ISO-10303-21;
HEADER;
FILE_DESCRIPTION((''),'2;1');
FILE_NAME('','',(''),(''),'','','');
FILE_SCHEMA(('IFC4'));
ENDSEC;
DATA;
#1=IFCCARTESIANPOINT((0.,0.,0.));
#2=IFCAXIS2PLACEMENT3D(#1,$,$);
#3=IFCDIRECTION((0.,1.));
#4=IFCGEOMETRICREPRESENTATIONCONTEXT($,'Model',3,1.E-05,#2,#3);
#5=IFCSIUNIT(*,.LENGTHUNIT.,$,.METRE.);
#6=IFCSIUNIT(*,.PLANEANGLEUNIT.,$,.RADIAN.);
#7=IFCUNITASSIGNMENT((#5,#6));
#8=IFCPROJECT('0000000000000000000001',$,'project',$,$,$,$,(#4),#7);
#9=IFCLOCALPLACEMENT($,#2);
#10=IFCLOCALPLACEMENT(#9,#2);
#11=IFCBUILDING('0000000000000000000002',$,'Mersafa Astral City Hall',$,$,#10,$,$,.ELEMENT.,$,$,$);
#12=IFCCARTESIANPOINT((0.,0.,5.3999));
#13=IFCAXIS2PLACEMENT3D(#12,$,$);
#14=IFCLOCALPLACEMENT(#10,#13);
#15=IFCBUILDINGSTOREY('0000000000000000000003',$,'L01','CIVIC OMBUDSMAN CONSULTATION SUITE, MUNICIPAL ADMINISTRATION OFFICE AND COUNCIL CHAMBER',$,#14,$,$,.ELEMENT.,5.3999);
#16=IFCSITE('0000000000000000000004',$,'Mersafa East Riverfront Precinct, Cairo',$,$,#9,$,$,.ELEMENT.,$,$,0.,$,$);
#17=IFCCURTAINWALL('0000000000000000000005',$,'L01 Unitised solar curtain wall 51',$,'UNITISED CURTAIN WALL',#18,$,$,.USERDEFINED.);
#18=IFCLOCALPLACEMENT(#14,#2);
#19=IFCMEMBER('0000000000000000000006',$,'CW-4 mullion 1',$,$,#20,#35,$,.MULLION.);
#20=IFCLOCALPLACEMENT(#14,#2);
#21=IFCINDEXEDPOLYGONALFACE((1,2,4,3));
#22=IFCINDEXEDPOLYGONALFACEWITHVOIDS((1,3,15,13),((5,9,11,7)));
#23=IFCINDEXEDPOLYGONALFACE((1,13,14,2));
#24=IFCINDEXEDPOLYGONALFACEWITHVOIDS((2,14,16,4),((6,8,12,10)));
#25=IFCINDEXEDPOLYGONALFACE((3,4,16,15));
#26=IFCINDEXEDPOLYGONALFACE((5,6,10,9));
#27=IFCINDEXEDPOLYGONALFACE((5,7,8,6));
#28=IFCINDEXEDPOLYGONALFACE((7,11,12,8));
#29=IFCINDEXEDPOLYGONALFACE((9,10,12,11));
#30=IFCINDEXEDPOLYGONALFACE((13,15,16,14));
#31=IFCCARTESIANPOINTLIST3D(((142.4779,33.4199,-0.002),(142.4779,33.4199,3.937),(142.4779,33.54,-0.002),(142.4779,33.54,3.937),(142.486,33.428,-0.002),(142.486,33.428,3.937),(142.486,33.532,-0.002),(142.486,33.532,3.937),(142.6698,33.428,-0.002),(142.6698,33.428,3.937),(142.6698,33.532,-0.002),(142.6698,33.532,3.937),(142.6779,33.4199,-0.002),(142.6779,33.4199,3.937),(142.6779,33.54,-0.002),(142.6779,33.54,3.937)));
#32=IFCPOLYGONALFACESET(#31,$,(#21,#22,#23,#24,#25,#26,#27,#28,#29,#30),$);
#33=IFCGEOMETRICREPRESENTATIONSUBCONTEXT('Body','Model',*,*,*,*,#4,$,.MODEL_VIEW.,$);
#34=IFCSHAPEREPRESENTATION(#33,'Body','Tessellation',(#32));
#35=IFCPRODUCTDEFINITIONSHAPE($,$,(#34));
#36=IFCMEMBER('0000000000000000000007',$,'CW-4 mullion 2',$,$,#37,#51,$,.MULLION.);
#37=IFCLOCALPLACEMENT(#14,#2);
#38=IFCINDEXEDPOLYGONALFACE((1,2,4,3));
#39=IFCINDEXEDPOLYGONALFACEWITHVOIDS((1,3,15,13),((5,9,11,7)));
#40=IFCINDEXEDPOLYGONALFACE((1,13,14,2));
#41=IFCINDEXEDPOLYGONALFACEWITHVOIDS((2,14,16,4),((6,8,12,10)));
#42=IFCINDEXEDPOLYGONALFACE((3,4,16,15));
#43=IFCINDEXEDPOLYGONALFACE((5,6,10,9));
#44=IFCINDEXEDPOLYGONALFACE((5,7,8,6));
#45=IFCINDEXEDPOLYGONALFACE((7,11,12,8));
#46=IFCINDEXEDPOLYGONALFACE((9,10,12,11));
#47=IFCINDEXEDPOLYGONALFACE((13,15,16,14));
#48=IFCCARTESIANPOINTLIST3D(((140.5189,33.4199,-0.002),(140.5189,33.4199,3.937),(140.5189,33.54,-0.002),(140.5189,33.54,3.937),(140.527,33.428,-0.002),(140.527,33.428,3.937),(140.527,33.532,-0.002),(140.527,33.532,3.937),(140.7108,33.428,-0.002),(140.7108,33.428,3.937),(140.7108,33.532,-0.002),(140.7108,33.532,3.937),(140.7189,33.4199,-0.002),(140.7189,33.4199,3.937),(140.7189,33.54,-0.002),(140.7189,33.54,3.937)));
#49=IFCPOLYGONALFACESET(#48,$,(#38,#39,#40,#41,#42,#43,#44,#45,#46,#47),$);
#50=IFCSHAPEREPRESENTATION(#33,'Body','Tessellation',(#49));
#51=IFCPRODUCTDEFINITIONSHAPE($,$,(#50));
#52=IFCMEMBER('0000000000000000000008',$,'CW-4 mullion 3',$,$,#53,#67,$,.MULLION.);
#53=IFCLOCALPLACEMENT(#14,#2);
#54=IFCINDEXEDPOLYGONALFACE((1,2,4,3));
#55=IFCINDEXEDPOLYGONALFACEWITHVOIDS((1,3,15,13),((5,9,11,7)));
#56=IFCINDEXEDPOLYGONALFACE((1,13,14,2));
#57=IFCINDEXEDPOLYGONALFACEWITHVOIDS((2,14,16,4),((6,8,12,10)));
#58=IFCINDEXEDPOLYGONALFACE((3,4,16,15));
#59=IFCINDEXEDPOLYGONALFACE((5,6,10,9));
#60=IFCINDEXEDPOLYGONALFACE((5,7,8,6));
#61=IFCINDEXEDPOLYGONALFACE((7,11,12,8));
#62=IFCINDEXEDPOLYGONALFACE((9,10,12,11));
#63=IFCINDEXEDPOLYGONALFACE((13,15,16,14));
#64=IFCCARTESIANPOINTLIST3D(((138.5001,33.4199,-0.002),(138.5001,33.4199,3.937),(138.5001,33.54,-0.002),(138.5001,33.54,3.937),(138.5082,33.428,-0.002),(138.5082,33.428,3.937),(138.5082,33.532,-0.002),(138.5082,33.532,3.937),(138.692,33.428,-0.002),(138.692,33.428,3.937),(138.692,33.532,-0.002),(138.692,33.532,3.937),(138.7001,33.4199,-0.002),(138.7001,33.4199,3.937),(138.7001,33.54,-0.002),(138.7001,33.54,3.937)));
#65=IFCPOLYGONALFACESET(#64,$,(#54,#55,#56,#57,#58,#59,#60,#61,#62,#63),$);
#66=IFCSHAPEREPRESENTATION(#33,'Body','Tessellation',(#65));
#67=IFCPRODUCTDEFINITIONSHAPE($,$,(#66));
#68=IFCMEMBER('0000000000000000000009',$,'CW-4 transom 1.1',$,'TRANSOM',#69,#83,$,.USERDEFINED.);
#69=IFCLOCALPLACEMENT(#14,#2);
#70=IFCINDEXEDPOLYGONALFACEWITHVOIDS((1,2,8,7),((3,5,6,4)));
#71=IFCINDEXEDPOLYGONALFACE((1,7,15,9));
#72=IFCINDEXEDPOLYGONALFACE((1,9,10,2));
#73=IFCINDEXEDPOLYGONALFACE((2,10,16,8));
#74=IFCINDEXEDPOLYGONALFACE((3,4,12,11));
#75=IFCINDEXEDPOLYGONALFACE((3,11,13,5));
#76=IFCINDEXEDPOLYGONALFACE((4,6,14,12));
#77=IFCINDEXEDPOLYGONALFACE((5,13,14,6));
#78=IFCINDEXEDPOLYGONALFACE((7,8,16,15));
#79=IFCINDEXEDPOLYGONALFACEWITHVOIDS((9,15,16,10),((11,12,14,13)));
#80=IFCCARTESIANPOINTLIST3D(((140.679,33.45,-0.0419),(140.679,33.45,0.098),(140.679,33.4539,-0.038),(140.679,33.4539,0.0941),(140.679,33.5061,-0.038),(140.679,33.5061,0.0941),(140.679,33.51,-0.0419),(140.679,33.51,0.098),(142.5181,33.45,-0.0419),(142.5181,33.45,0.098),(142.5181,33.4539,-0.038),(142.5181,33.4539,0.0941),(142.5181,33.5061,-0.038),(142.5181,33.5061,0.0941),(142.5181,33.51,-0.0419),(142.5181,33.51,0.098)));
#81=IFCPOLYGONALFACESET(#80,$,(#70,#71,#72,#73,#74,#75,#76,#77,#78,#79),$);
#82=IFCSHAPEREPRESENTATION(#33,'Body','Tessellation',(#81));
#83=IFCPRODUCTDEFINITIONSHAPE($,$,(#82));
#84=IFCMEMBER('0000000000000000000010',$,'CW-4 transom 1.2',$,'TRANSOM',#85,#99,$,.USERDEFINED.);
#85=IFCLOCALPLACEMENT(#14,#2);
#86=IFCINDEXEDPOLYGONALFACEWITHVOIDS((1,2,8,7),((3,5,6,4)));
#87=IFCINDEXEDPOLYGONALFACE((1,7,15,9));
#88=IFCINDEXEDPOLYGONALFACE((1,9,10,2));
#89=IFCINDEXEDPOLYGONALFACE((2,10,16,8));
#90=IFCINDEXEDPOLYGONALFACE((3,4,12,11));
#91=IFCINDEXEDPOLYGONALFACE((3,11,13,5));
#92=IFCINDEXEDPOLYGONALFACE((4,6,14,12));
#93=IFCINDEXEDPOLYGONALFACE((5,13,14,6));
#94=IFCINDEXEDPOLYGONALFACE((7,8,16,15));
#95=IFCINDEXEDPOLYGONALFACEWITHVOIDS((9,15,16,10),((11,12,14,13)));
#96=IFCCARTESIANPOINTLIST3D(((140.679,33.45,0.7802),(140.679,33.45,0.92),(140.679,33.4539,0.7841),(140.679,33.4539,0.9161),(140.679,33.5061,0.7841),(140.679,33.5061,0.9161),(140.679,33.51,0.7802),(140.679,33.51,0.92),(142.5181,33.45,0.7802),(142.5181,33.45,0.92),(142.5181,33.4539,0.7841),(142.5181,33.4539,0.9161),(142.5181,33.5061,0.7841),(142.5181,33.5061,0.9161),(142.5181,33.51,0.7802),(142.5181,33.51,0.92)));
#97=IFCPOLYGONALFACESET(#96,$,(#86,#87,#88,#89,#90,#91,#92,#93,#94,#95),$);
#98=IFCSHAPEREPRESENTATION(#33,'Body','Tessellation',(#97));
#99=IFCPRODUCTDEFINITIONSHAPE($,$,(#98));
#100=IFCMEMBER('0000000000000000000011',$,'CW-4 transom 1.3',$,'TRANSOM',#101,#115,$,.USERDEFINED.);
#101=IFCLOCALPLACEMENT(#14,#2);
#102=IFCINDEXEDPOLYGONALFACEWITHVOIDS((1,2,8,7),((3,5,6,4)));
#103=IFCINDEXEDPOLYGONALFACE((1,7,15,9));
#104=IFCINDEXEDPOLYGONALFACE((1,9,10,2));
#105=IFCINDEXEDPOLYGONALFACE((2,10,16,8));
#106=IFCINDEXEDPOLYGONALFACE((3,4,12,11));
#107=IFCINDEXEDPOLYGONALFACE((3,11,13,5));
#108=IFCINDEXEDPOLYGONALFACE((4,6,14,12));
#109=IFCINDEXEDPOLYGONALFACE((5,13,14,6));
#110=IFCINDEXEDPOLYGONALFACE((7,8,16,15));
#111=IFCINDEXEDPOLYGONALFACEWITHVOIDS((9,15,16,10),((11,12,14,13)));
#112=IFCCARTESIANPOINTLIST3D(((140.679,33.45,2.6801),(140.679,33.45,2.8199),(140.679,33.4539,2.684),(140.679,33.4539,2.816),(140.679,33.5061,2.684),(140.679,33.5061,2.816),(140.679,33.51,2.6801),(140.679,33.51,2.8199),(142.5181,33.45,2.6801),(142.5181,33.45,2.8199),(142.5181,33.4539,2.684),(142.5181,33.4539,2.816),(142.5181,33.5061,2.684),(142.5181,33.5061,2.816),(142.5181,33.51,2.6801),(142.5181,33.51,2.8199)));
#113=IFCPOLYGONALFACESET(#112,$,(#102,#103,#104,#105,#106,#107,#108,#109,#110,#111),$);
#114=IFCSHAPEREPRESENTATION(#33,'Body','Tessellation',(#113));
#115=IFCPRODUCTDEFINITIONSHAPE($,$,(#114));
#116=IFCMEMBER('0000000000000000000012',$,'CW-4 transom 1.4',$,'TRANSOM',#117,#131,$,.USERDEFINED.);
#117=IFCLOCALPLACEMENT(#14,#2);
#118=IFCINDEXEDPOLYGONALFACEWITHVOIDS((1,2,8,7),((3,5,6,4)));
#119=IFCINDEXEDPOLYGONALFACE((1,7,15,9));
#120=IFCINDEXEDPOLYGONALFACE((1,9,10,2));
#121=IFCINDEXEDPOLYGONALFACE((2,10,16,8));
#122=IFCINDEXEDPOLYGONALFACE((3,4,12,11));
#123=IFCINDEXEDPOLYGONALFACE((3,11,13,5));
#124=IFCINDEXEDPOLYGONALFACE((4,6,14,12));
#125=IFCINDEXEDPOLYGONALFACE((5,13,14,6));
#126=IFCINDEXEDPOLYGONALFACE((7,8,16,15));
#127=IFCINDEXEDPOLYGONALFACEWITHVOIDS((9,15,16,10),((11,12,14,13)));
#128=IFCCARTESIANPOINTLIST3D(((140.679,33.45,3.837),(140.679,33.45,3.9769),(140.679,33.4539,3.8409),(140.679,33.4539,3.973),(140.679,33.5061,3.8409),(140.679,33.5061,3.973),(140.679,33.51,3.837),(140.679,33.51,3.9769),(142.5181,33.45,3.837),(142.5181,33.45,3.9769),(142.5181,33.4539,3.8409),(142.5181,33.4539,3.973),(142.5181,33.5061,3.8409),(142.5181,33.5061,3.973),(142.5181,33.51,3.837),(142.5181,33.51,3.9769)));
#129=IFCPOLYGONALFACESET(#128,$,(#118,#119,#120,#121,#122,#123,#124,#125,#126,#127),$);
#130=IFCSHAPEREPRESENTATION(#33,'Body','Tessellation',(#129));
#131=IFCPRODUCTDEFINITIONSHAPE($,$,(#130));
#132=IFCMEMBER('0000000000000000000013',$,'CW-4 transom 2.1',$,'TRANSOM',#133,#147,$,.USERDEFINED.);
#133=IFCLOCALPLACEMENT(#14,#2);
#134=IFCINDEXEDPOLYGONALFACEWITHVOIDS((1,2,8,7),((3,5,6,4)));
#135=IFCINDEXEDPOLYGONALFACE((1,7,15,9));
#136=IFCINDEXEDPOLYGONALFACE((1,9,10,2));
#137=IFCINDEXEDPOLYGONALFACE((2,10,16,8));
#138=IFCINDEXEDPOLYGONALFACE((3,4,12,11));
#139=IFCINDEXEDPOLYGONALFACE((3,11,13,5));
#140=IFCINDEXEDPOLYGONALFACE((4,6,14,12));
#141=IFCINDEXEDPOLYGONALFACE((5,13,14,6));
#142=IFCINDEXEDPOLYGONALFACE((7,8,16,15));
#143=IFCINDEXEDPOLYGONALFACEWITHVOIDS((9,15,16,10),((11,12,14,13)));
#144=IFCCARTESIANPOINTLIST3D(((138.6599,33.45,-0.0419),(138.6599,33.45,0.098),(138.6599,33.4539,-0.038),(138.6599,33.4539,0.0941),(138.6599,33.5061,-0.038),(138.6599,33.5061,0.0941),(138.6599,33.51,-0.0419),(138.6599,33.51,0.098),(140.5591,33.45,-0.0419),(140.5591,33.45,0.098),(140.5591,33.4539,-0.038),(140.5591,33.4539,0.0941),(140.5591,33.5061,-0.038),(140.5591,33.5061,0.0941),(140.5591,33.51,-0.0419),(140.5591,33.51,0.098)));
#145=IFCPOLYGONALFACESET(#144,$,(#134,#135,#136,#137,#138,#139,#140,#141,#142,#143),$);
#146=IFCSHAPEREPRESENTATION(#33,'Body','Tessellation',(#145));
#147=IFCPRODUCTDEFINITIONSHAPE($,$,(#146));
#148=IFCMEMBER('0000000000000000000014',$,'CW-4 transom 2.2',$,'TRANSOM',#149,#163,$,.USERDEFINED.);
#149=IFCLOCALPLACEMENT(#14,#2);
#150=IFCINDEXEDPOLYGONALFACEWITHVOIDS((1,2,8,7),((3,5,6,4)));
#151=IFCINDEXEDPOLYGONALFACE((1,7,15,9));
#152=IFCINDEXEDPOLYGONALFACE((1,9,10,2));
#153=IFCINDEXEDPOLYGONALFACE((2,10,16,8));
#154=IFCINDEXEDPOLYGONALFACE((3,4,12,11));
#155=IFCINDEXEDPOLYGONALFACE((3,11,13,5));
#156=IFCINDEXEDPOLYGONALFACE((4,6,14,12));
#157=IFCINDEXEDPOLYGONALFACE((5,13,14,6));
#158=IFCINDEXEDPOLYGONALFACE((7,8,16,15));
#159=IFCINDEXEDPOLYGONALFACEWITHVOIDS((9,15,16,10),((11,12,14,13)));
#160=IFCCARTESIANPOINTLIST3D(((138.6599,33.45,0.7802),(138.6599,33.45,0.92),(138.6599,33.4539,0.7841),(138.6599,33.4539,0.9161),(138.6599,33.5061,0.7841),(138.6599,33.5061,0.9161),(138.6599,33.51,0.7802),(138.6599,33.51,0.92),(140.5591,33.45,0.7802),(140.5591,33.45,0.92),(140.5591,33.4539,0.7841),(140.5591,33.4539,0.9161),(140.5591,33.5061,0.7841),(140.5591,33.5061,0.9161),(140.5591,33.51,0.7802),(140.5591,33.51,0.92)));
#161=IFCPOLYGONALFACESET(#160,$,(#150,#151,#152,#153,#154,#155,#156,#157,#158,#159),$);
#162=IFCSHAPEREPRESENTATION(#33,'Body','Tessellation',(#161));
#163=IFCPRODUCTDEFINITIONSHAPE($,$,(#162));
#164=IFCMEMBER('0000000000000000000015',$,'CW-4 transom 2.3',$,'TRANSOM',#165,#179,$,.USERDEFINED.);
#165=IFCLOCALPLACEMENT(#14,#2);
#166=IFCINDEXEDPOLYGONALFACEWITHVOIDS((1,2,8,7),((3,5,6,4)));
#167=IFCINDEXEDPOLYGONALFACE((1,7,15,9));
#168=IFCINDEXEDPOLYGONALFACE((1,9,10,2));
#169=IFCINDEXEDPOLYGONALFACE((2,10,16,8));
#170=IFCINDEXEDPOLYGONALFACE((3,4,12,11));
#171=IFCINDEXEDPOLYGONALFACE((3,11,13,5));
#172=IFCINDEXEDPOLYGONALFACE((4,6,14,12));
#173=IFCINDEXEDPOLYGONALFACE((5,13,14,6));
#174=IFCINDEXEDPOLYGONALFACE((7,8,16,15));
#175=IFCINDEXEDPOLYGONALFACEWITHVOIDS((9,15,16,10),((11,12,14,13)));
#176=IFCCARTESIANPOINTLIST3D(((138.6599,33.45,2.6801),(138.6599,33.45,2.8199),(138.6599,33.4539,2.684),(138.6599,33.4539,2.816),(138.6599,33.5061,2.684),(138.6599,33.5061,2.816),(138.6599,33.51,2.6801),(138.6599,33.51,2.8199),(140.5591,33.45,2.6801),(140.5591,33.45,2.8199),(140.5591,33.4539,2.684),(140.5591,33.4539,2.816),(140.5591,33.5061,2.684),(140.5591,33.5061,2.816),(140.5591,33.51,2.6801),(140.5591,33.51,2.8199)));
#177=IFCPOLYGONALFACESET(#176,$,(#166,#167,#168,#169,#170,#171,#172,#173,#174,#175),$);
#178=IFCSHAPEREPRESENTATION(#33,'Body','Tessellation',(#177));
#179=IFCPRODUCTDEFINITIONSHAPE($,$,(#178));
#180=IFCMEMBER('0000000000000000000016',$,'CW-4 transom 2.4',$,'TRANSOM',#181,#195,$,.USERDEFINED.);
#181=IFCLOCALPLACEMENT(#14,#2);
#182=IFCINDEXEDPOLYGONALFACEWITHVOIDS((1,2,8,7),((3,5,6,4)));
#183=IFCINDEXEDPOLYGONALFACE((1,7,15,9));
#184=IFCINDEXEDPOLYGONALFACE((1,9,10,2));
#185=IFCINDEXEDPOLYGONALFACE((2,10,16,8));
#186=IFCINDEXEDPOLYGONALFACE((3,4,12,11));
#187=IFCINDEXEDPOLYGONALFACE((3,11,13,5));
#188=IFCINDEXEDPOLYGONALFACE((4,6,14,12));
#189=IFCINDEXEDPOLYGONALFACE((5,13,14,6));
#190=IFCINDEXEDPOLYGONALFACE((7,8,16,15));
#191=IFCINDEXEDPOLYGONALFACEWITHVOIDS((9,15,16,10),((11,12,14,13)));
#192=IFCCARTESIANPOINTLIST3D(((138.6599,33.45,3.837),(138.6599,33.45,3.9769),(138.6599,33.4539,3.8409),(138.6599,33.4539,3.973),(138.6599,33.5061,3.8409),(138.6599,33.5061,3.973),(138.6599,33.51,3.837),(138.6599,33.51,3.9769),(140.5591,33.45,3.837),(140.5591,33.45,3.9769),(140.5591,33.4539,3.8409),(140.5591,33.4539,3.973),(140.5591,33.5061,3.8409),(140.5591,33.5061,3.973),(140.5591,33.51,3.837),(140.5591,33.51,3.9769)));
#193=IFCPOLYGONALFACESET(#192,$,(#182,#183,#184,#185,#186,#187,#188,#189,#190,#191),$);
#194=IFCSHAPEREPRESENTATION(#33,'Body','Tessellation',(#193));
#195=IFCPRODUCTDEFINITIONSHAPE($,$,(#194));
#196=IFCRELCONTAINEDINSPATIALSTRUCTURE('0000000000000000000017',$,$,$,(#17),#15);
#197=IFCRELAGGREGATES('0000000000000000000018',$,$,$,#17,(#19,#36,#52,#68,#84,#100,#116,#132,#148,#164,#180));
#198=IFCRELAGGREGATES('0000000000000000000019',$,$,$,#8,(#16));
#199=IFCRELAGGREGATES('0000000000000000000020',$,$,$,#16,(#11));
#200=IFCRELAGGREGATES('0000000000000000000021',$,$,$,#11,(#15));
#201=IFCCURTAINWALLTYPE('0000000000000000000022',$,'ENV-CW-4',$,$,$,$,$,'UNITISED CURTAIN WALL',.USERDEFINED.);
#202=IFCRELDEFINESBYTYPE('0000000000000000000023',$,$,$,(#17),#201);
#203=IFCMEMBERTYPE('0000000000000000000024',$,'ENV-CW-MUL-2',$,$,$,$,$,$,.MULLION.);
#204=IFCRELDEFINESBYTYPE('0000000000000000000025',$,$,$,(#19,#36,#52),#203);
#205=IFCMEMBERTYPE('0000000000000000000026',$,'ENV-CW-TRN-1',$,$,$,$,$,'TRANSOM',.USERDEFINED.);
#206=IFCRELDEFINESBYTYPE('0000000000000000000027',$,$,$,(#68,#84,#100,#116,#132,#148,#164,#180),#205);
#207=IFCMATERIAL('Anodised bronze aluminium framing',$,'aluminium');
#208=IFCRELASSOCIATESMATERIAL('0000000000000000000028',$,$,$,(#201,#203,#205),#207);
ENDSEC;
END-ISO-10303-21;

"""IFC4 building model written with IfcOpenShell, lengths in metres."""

from ifc_helpers import new_model, si_unit, direction, frame, origin, origin_2d, place, context, subcontext, project, spatial, hollow_rectangle, extrude, material, material_profile, profile_set, type_object, element, aggregate, save


model = new_model("IFC4")

# Units and contexts
model_context = context("Model", 3, precision=1e-05, world=origin(), true_north=direction((0.0, 1.0)))
body_context = subcontext(model_context, "Body", "Model", "MODEL_VIEW")
ifc_project = project(units=[si_unit("LENGTHUNIT", "METRE"), si_unit("PLANEANGLEUNIT", "RADIAN")], contexts=[model_context])

# Site, building, storey
site_placement = place(None, origin())
site = spatial("IfcSite", under=ifc_project, at=site_placement, Name="Mersafa East Riverfront Precinct, Cairo", CompositionType="ELEMENT", RefElevation=0.0)
building_placement = place(site_placement, origin())
building = spatial("IfcBuilding", under=site, at=building_placement, Name="Mersafa Astral City Hall", CompositionType="ELEMENT")
storey_placement = place(building_placement, frame((0.0, 0.0, 5.3999)))
storey = spatial("IfcBuildingStorey", under=building, at=storey_placement, Name="L01", Description="CIVIC OMBUDSMAN CONSULTATION SUITE, MUNICIPAL ADMINISTRATION OFFICE AND COUNCIL CHAMBER", CompositionType="ELEMENT", Elevation=5.3999)

# Curtain wall, members
ifc_material_1 = material(Name="Anodised bronze aluminium framing", Category="aluminium")
curtain_wall_type = type_object("IfcCurtainWallType", Name="ENV-CW-4", ElementType="UNITISED CURTAIN WALL", PredefinedType="USERDEFINED", material=ifc_material_1)
curtain_wall_placement = place(storey_placement, origin())
curtain_wall = element("IfcCurtainWall", 1, at=curtain_wall_placement, inside=storey, type_object=curtain_wall_type, Name="L01 Unitised solar curtain wall 51", ObjectType="UNITISED CURTAIN WALL", PredefinedType="USERDEFINED")
ifc_material_profile_1 = material_profile(ifc_material_1, hollow_rectangle(XDim=0.1201, YDim=0.2, WallThickness=0.0081, at=origin_2d()), Name="RHS 120x200x8")
ifc_profile_set_1 = profile_set([ifc_material_profile_1], Name="Anodised bronze aluminium framing")
member_type_1 = type_object("IfcMemberType", Name="ENV-CW-MUL-2", PredefinedType="MULLION", material=ifc_profile_set_1)
member_1_placement = place(storey_placement, frame((142.5779, 33.48, -0.002), z_axis=(0.0, 0.0, 1.0), x_axis=(0.0, -1.0, 0.0)))
member_1 = element("IfcMember", 2, at=member_1_placement, type_object=member_type_1, Name="CW-4 mullion 1", PredefinedType="MULLION", context=body_context, shape_type="SweptSolid", body=[
    extrude(hollow_rectangle(XDim=0.1201, YDim=0.2, WallThickness=0.0081, at=origin_2d()), origin(), (0.0, 0.0, 1.0), 3.939),
])
member_2_placement = place(storey_placement, frame((140.6189, 33.48, -0.002), z_axis=(0.0, 0.0, 1.0), x_axis=(0.0, -1.0, 0.0)))
member_2 = element("IfcMember", 3, at=member_2_placement, type_object=member_type_1, Name="CW-4 mullion 2", PredefinedType="MULLION", context=body_context, shape_type="SweptSolid", body=[
    extrude(hollow_rectangle(XDim=0.1201, YDim=0.2, WallThickness=0.0081, at=origin_2d()), origin(), (0.0, 0.0, 1.0), 3.939),
])
member_3_placement = place(storey_placement, frame((138.6001, 33.48, -0.002), z_axis=(0.0, 0.0, 1.0), x_axis=(0.0, -1.0, 0.0)))
member_3 = element("IfcMember", 4, at=member_3_placement, type_object=member_type_1, Name="CW-4 mullion 3", PredefinedType="MULLION", context=body_context, shape_type="SweptSolid", body=[
    extrude(hollow_rectangle(XDim=0.1201, YDim=0.2, WallThickness=0.0081, at=origin_2d()), origin(), (0.0, 0.0, 1.0), 3.939),
])
ifc_material_profile_2 = material_profile(ifc_material_1, hollow_rectangle(XDim=0.0601, YDim=0.1399, WallThickness=0.0039, at=origin_2d()), Name="RHS 60x140x4")
ifc_profile_set_2 = profile_set([ifc_material_profile_2], Name="Anodised bronze aluminium framing")
member_type_2 = type_object("IfcMemberType", Name="ENV-CW-TRN-1", ElementType="TRANSOM", PredefinedType="USERDEFINED", material=ifc_profile_set_2)
member_4_placement = place(storey_placement, frame((142.5181, 33.48, 0.0281), z_axis=(-1.0, 0.0, 0.0), x_axis=(0.0, -1.0, 0.0)))
member_4 = element("IfcMember", 5, at=member_4_placement, type_object=member_type_2, Name="CW-4 transom 1.1", ObjectType="TRANSOM", PredefinedType="USERDEFINED", context=body_context, shape_type="SweptSolid", body=[
    extrude(hollow_rectangle(XDim=0.0601, YDim=0.1399, WallThickness=0.0039, at=origin_2d()), origin(), (0.0, 0.0, 1.0), 1.8391),
])
member_5_placement = place(storey_placement, frame((142.5181, 33.48, 0.8501), z_axis=(-1.0, 0.0, 0.0), x_axis=(0.0, -1.0, 0.0)))
member_5 = element("IfcMember", 6, at=member_5_placement, type_object=member_type_2, Name="CW-4 transom 1.2", ObjectType="TRANSOM", PredefinedType="USERDEFINED", context=body_context, shape_type="SweptSolid", body=[
    extrude(hollow_rectangle(XDim=0.0601, YDim=0.1399, WallThickness=0.0039, at=origin_2d()), origin(), (0.0, 0.0, 1.0), 1.8391),
])
member_6_placement = place(storey_placement, frame((142.5181, 33.48, 2.75), z_axis=(-1.0, 0.0, 0.0), x_axis=(0.0, -1.0, 0.0)))
member_6 = element("IfcMember", 7, at=member_6_placement, type_object=member_type_2, Name="CW-4 transom 1.3", ObjectType="TRANSOM", PredefinedType="USERDEFINED", context=body_context, shape_type="SweptSolid", body=[
    extrude(hollow_rectangle(XDim=0.0601, YDim=0.1399, WallThickness=0.0039, at=origin_2d()), origin(), (0.0, 0.0, 1.0), 1.8391),
])
member_7_placement = place(storey_placement, frame((142.5181, 33.48, 3.907), z_axis=(-1.0, 0.0, 0.0), x_axis=(0.0, -1.0, 0.0)))
member_7 = element("IfcMember", 8, at=member_7_placement, type_object=member_type_2, Name="CW-4 transom 1.4", ObjectType="TRANSOM", PredefinedType="USERDEFINED", context=body_context, shape_type="SweptSolid", body=[
    extrude(hollow_rectangle(XDim=0.0601, YDim=0.1399, WallThickness=0.0039, at=origin_2d()), origin(), (0.0, 0.0, 1.0), 1.8391),
])
member_8_placement = place(storey_placement, frame((140.5591, 33.48, 0.0281), z_axis=(-1.0, 0.0, 0.0), x_axis=(0.0, -1.0, 0.0)))
member_8 = element("IfcMember", 9, at=member_8_placement, type_object=member_type_2, Name="CW-4 transom 2.1", ObjectType="TRANSOM", PredefinedType="USERDEFINED", context=body_context, shape_type="SweptSolid", body=[
    extrude(hollow_rectangle(XDim=0.0601, YDim=0.1399, WallThickness=0.0039, at=origin_2d()), origin(), (0.0, 0.0, 1.0), 1.8992),
])
member_9_placement = place(storey_placement, frame((140.5591, 33.48, 0.8501), z_axis=(-1.0, 0.0, 0.0), x_axis=(0.0, -1.0, 0.0)))
member_9 = element("IfcMember", 10, at=member_9_placement, type_object=member_type_2, Name="CW-4 transom 2.2", ObjectType="TRANSOM", PredefinedType="USERDEFINED", context=body_context, shape_type="SweptSolid", body=[
    extrude(hollow_rectangle(XDim=0.0601, YDim=0.1399, WallThickness=0.0039, at=origin_2d()), origin(), (0.0, 0.0, 1.0), 1.8992),
])
member_10_placement = place(storey_placement, frame((140.5591, 33.48, 2.75), z_axis=(-1.0, 0.0, 0.0), x_axis=(0.0, -1.0, 0.0)))
member_10 = element("IfcMember", 11, at=member_10_placement, type_object=member_type_2, Name="CW-4 transom 2.3", ObjectType="TRANSOM", PredefinedType="USERDEFINED", context=body_context, shape_type="SweptSolid", body=[
    extrude(hollow_rectangle(XDim=0.0601, YDim=0.1399, WallThickness=0.0039, at=origin_2d()), origin(), (0.0, 0.0, 1.0), 1.8992),
])
member_11_placement = place(storey_placement, frame((140.5591, 33.48, 3.907), z_axis=(-1.0, 0.0, 0.0), x_axis=(0.0, -1.0, 0.0)))
member_11 = element("IfcMember", 12, at=member_11_placement, type_object=member_type_2, Name="CW-4 transom 2.4", ObjectType="TRANSOM", PredefinedType="USERDEFINED", context=body_context, shape_type="SweptSolid", body=[
    extrude(hollow_rectangle(XDim=0.0601, YDim=0.1399, WallThickness=0.0039, at=origin_2d()), origin(), (0.0, 0.0, 1.0), 1.8992),
])
aggregate(curtain_wall, [member_1, member_2, member_3, member_4, member_5, member_6, member_7, member_8, member_9, member_10, member_11])

save(model, "model.ifc")
